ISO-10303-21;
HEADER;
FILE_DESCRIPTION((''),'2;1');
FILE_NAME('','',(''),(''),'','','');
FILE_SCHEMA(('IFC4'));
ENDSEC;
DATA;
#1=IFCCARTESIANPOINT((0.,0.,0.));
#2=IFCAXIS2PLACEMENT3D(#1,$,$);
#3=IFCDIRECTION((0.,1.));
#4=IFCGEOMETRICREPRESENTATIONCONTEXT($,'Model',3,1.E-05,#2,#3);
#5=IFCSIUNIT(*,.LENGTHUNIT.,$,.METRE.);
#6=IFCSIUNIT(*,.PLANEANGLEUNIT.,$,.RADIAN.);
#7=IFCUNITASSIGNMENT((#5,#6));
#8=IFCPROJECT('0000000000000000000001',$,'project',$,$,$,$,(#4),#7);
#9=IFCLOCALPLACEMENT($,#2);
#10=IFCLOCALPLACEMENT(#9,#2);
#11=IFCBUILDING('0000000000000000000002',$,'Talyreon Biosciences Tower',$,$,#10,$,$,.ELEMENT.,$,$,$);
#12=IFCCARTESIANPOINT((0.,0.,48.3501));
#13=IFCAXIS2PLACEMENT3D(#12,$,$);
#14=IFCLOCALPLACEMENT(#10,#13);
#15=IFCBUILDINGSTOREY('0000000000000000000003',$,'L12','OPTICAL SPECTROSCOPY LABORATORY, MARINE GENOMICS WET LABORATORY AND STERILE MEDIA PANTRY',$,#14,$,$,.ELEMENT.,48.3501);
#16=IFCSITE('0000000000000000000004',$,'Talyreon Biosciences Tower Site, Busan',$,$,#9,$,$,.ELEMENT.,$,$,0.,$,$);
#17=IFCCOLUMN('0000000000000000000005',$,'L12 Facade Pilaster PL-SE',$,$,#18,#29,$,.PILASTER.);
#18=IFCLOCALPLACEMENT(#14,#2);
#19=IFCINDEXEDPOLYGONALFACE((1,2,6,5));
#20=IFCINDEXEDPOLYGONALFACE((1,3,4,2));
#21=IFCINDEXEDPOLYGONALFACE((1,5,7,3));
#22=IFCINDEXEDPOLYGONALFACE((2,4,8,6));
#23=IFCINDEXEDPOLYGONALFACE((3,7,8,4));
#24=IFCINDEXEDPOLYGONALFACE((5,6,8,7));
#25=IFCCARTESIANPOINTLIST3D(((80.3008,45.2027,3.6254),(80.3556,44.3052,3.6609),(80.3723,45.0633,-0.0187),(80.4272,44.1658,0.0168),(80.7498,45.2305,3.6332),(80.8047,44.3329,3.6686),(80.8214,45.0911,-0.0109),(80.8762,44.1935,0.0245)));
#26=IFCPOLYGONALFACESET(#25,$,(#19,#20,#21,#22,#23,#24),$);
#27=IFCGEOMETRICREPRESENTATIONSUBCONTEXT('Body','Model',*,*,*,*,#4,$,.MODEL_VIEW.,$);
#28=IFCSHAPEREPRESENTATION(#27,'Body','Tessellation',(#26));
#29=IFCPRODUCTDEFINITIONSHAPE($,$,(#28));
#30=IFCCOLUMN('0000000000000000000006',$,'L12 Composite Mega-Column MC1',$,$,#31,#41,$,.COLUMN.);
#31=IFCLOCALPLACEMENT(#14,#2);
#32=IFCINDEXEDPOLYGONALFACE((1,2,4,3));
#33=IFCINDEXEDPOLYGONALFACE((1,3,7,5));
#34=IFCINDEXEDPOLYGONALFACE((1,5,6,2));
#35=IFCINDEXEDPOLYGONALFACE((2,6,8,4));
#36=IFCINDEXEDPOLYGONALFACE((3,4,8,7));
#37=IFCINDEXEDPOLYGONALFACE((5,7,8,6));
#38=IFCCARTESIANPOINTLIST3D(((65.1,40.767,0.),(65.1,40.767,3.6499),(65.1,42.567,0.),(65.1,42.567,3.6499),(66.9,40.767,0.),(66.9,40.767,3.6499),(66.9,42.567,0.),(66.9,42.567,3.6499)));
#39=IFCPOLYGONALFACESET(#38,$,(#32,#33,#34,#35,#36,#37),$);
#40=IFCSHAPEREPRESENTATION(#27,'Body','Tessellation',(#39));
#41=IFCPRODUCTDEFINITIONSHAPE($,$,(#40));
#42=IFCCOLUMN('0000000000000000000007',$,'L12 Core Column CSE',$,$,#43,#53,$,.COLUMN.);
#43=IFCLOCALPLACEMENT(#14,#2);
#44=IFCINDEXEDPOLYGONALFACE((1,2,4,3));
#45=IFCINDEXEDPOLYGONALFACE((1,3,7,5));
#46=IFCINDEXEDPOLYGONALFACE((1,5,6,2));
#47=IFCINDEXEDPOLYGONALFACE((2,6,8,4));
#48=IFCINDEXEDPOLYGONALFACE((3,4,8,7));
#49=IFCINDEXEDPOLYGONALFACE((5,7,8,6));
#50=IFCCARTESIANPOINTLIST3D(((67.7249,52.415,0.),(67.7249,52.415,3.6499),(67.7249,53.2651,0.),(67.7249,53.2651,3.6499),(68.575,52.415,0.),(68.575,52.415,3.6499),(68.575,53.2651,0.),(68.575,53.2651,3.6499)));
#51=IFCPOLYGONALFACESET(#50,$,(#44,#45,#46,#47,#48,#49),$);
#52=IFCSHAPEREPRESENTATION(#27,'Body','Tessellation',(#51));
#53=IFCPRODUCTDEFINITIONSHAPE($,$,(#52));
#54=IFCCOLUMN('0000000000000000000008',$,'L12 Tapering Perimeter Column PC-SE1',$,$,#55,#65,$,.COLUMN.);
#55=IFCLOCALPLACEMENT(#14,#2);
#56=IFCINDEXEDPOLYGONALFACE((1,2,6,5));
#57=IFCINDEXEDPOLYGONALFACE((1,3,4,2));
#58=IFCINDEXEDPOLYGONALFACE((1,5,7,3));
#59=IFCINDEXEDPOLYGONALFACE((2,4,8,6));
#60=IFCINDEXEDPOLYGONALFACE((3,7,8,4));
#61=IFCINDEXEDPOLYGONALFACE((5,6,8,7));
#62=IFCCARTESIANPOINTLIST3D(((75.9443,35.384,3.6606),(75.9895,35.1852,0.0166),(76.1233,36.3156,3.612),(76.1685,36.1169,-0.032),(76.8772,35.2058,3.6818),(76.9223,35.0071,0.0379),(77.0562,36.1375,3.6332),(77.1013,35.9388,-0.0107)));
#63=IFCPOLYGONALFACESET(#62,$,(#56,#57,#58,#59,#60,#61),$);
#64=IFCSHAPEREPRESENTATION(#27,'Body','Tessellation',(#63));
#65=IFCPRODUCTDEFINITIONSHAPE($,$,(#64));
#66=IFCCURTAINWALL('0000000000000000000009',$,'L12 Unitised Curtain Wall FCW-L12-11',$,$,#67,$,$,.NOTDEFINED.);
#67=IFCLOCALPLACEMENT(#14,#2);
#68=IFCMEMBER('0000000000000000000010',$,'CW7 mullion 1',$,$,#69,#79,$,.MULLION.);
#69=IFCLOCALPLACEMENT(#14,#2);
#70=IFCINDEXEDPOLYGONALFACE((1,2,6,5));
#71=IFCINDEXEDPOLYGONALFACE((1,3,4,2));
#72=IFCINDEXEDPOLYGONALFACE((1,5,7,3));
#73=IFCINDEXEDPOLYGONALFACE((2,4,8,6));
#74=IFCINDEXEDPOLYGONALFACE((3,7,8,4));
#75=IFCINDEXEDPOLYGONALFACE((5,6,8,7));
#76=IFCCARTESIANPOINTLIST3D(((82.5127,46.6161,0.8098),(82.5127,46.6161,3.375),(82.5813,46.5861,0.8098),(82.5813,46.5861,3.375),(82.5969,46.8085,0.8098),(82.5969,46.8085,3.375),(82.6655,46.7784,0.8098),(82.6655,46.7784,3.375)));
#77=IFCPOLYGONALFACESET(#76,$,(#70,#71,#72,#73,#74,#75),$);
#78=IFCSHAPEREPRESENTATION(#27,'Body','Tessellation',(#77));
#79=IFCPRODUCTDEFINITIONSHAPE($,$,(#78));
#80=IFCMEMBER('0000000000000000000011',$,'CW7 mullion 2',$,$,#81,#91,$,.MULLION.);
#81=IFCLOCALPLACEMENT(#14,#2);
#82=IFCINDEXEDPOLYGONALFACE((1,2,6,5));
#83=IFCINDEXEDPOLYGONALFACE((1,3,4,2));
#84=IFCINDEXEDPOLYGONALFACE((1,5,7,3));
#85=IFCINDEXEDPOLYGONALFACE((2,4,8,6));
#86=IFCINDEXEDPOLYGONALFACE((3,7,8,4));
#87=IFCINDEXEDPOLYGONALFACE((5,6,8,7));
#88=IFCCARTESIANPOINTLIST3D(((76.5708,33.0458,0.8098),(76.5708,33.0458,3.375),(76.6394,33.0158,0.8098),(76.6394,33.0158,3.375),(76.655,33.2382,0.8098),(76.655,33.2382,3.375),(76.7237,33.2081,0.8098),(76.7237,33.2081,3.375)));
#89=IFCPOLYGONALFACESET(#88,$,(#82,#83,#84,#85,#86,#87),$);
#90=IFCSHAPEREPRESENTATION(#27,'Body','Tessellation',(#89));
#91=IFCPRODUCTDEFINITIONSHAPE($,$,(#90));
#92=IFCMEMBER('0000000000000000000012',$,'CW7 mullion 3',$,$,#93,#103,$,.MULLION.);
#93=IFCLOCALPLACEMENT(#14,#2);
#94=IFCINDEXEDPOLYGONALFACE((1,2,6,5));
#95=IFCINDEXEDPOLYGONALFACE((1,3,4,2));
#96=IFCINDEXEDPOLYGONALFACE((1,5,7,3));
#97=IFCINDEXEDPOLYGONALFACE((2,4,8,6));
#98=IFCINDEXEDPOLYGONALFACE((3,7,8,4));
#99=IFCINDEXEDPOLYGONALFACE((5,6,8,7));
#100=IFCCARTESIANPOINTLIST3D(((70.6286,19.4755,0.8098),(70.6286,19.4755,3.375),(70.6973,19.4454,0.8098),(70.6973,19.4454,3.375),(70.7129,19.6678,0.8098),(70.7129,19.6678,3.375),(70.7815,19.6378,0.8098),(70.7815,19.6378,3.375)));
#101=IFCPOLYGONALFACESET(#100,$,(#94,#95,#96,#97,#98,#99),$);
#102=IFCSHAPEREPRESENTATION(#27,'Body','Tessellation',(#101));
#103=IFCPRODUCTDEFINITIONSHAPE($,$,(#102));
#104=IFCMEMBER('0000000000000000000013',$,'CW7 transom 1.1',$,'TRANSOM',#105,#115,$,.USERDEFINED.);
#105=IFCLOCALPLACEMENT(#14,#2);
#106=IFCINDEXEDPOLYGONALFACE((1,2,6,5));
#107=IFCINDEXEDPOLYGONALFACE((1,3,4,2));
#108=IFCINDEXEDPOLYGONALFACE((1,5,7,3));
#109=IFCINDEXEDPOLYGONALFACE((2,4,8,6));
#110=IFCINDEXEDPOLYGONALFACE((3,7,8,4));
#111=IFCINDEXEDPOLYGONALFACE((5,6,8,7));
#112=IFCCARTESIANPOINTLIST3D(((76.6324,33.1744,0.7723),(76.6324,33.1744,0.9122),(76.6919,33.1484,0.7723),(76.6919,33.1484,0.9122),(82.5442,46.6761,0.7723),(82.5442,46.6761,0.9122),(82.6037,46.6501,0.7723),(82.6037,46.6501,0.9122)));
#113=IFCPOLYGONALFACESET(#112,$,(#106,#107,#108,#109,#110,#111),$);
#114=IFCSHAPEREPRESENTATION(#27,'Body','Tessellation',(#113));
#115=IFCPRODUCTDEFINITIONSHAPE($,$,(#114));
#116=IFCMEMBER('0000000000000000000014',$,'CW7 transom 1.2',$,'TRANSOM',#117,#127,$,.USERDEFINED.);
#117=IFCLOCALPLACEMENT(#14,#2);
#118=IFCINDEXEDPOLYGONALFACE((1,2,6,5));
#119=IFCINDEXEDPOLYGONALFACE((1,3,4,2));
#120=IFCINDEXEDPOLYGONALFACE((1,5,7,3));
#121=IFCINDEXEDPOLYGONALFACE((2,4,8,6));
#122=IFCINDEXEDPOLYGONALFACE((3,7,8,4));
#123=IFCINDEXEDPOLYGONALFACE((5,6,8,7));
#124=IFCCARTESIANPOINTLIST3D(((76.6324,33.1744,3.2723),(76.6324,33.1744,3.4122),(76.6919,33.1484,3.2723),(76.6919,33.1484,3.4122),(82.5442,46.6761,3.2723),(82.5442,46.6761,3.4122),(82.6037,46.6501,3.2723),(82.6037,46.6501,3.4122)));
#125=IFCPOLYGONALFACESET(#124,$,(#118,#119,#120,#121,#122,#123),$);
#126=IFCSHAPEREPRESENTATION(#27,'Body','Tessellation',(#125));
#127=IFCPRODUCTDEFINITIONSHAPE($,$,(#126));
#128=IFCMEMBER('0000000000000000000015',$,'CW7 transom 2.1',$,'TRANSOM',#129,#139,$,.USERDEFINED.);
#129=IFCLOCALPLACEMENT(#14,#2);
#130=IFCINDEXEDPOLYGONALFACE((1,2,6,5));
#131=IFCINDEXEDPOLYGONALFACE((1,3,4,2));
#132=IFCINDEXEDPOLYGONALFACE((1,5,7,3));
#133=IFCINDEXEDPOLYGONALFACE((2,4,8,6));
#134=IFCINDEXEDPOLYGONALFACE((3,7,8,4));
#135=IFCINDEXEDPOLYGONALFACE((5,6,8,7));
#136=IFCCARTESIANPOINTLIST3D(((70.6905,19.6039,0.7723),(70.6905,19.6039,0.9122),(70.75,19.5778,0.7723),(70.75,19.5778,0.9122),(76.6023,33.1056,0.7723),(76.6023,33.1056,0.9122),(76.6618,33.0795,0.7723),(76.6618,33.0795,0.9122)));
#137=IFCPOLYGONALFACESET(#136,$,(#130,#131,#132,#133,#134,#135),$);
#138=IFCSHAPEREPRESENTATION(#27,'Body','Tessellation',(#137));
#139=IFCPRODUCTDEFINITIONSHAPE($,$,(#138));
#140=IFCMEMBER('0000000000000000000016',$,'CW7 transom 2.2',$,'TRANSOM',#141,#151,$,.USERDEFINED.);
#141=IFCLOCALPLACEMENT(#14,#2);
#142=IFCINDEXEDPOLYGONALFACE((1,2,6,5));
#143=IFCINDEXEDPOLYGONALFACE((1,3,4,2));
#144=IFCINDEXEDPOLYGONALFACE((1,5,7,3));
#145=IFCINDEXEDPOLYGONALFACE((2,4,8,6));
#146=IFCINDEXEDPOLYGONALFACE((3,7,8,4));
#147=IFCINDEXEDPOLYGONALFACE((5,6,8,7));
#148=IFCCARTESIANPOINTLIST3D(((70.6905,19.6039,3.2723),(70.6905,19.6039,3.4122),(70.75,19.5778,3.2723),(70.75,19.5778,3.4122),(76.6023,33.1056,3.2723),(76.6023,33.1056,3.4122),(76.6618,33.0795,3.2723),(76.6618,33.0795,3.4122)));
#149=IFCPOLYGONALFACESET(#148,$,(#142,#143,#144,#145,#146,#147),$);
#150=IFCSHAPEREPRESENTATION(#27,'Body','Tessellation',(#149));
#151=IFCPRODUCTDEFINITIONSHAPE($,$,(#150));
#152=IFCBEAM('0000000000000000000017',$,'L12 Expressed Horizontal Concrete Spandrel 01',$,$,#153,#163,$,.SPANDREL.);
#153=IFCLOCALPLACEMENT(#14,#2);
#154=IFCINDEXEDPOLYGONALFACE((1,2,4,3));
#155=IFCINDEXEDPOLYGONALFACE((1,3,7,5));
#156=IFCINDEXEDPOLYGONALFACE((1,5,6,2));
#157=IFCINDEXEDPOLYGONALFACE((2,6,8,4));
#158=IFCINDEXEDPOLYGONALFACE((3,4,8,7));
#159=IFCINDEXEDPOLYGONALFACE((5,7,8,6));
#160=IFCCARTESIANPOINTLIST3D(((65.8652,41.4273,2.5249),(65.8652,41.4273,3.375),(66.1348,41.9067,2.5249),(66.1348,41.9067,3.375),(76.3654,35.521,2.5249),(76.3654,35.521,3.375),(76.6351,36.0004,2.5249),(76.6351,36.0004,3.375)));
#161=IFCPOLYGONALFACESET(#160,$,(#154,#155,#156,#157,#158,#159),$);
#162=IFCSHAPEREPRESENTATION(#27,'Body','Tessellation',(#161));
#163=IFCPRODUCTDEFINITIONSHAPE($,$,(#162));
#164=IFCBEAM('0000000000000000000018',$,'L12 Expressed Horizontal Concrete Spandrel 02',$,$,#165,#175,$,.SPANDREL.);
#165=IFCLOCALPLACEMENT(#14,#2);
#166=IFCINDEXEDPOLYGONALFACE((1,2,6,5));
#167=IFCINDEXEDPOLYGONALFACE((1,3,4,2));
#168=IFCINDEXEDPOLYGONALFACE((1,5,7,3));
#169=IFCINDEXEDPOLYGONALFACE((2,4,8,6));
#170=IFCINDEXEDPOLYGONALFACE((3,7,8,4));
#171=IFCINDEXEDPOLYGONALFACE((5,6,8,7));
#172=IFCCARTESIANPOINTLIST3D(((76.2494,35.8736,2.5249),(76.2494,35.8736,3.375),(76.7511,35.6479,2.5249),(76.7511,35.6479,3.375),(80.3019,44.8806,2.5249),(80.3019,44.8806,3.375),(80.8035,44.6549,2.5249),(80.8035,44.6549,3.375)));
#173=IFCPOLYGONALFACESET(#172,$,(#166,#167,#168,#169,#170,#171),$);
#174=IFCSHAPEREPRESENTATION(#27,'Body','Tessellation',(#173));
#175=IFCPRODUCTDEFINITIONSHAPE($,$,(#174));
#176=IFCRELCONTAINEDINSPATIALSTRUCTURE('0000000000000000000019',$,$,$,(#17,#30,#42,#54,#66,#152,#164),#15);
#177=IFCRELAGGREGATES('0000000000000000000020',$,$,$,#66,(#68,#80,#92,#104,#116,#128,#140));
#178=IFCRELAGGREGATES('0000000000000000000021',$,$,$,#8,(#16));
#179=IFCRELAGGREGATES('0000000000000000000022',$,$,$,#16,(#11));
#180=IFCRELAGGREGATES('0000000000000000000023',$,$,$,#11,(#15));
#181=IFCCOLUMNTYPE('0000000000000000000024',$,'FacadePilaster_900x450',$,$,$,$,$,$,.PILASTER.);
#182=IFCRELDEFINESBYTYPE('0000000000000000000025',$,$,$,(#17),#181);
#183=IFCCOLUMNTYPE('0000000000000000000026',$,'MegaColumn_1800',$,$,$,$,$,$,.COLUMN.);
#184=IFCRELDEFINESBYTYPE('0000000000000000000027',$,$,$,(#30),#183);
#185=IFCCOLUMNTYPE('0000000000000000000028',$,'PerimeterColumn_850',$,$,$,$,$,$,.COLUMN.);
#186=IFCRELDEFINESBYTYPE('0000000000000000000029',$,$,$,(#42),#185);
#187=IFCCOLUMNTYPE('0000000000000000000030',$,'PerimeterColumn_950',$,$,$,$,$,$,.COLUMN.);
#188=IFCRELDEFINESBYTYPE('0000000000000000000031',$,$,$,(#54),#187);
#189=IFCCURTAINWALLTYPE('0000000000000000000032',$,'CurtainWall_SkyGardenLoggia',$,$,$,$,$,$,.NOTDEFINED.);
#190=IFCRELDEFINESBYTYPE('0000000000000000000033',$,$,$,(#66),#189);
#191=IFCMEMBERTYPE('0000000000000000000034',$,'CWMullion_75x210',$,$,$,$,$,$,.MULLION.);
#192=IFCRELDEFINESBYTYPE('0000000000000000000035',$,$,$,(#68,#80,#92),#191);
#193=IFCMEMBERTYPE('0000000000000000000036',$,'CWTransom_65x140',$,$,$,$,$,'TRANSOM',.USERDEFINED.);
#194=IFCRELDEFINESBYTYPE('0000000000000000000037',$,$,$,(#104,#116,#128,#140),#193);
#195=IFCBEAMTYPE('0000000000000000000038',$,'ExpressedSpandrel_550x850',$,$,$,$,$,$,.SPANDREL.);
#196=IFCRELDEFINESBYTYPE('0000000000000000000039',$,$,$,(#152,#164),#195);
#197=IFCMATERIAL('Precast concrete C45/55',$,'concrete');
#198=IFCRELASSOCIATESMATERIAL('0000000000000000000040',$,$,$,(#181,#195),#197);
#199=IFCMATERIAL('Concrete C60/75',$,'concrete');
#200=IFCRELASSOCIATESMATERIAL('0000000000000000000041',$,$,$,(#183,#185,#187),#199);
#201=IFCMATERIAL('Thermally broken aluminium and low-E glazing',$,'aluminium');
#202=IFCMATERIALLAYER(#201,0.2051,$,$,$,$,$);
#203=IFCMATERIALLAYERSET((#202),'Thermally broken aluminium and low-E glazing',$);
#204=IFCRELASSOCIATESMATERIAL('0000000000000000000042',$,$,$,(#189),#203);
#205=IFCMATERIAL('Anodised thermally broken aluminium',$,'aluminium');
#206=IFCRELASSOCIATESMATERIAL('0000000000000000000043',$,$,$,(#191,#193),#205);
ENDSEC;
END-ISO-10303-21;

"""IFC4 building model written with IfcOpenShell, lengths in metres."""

from ifc_helpers import new_model, si_unit, direction, frame, origin, origin_2d, place, context, subcontext, project, spatial, rectangle, extrude, material, layer, layer_set, material_profile, profile_set, type_object, element, aggregate, save


model = new_model("IFC4")

# Units and contexts
model_context = context("Model", 3, precision=1e-05, world=origin(), true_north=direction((0.0, 1.0)))
body_context = subcontext(model_context, "Body", "Model", "MODEL_VIEW")
ifc_project = project(units=[si_unit("LENGTHUNIT", "METRE"), si_unit("PLANEANGLEUNIT", "RADIAN")], contexts=[model_context])

# Site, building, storey
site_placement = place(None, origin())
site = spatial("IfcSite", under=ifc_project, at=site_placement, Name="Talyreon Biosciences Tower Site, Busan", CompositionType="ELEMENT", RefElevation=0.0)
building_placement = place(site_placement, origin())
building = spatial("IfcBuilding", under=site, at=building_placement, Name="Talyreon Biosciences Tower", CompositionType="ELEMENT")
storey_placement = place(building_placement, frame((0.0, 0.0, 48.3501)))
storey = spatial("IfcBuildingStorey", under=building, at=storey_placement, Name="L12", Description="OPTICAL SPECTROSCOPY LABORATORY, MARINE GENOMICS WET LABORATORY AND STERILE MEDIA PANTRY", CompositionType="ELEMENT", Elevation=48.3501)

# Columns
ifc_material_1 = material(Name="Precast concrete C45/55", Category="concrete")
ifc_material_profile_1 = material_profile(ifc_material_1, rectangle(XDim=0.8999, YDim=0.45, at=origin_2d()), Name="RC 900x450")
ifc_profile_set_1 = profile_set([ifc_material_profile_1], Name="Precast concrete C45/55")
column_type_1 = type_object("IfcColumnType", Name="FacadePilaster_900x450", PredefinedType="PILASTER", material=ifc_profile_set_1)
column_1_placement = place(storey_placement, frame((80.6243, 44.6284, 0.0029), z_axis=(-0.019612, 0.03822, 0.999077), x_axis=(0.060958, -0.997364, 0.039351)))
element("IfcColumn", 1, at=column_1_placement, inside=storey, type_object=column_type_1, Name="L12 Facade Pilaster PL-SE", PredefinedType="PILASTER", context=body_context, shape_type="SweptSolid", body=[
    extrude(rectangle(XDim=0.8999, YDim=0.45, at=origin_2d()), origin(), (0.0, 0.0, 1.0), 3.6475),
])
ifc_material_2 = material(Name="Concrete C60/75", Category="concrete")
ifc_material_profile_2 = material_profile(ifc_material_2, rectangle(XDim=1.8, YDim=1.8, at=origin_2d()), Name="RC 1800x1800")
ifc_profile_set_2 = profile_set([ifc_material_profile_2], Name="Concrete C60/75")
column_type_2 = type_object("IfcColumnType", Name="MegaColumn_1800", PredefinedType="COLUMN", material=ifc_profile_set_2)
column_2_placement = place(storey_placement, frame((66.0, 41.667, 0.0), z_axis=(0.0, 0.0, 1.0), x_axis=(1.0, 0.0, 0.0)))
element("IfcColumn", 2, at=column_2_placement, inside=storey, type_object=column_type_2, Name="L12 Composite Mega-Column MC1", PredefinedType="COLUMN", context=body_context, shape_type="SweptSolid", body=[
    extrude(rectangle(XDim=1.8, YDim=1.8, at=origin_2d()), origin(), (0.0, 0.0, 1.0), 3.6499),
])
ifc_material_profile_3 = material_profile(ifc_material_2, rectangle(XDim=0.8501, YDim=0.8501, at=origin_2d()), Name="RC 850x850")
ifc_profile_set_3 = profile_set([ifc_material_profile_3], Name="Concrete C60/75")
column_type_3 = type_object("IfcColumnType", Name="PerimeterColumn_850", PredefinedType="COLUMN", material=ifc_profile_set_3)
column_3_placement = place(storey_placement, frame((68.1499, 52.8401, 0.0), z_axis=(0.0, 0.0, 1.0), x_axis=(1.0, 0.0, 0.0)))
element("IfcColumn", 3, at=column_3_placement, inside=storey, type_object=column_type_3, Name="L12 Core Column CSE", PredefinedType="COLUMN", context=body_context, shape_type="SweptSolid", body=[
    extrude(rectangle(XDim=0.8501, YDim=0.8501, at=origin_2d()), origin(), (0.0, 0.0, 1.0), 3.6499),
])
ifc_material_profile_4 = material_profile(ifc_material_2, rectangle(XDim=0.95, YDim=0.95, at=origin_2d()), Name="RC 950x950")
ifc_profile_set_4 = profile_set([ifc_material_profile_4], Name="Concrete C60/75")
column_type_4 = type_object("IfcColumnType", Name="PerimeterColumn_950", PredefinedType="COLUMN", material=ifc_profile_set_4)
column_4_placement = place(storey_placement, frame((76.5454, 35.562, 0.0029), z_axis=(-0.012375, 0.054451, 0.99844), x_axis=(-0.188431, -0.980754, 0.051151)))
element("IfcColumn", 4, at=column_4_placement, inside=storey, type_object=column_type_4, Name="L12 Tapering Perimeter Column PC-SE1", PredefinedType="COLUMN", context=body_context, shape_type="SweptSolid", body=[
    extrude(rectangle(XDim=0.95, YDim=0.95, at=origin_2d()), origin(), (0.0, 0.0, 1.0), 3.6497),
])

# Curtain wall, members
ifc_material_3 = material(Name="Thermally broken aluminium and low-E glazing", Category="aluminium")
ifc_layer_1 = layer(ifc_material_3, 0.2051)
ifc_layer_set_1 = layer_set([ifc_layer_1], Name="Thermally broken aluminium and low-E glazing")
curtain_wall_type = type_object("IfcCurtainWallType", Name="CurtainWall_SkyGardenLoggia", PredefinedType="NOTDEFINED", material=ifc_layer_set_1)
curtain_wall_placement = place(storey_placement, origin())
curtain_wall = element("IfcCurtainWall", 5, at=curtain_wall_placement, inside=storey, type_object=curtain_wall_type, Name="L12 Unitised Curtain Wall FCW-L12-11", PredefinedType="NOTDEFINED")
ifc_material_4 = material(Name="Anodised thermally broken aluminium", Category="aluminium")
ifc_material_profile_5 = material_profile(ifc_material_4, rectangle(XDim=0.075, YDim=0.21, at=origin_2d()), Name="ALUM MULLION 75x210")
ifc_profile_set_5 = profile_set([ifc_material_profile_5], Name="Anodised thermally broken aluminium")
member_type_1 = type_object("IfcMemberType", Name="CWMullion_75x210", PredefinedType="MULLION", material=ifc_profile_set_5)
member_1_placement = place(storey_placement, frame((82.5891, 46.6973, 0.8098), z_axis=(0.0, 0.0, 1.0), x_axis=(0.916036, -0.401097, 0.0)))
member_1 = element("IfcMember", 6, at=member_1_placement, type_object=member_type_1, Name="CW7 mullion 1", PredefinedType="MULLION", context=body_context, shape_type="SweptSolid", body=[
    extrude(rectangle(XDim=0.075, YDim=0.21, at=origin_2d()), origin(), (0.0, 0.0, 1.0), 2.5652),
])
member_2_placement = place(storey_placement, frame((76.6472, 33.127, 0.8098), z_axis=(0.0, 0.0, 1.0), x_axis=(0.916036, -0.401097, 0.0)))
member_2 = element("IfcMember", 7, at=member_2_placement, type_object=member_type_1, Name="CW7 mullion 2", PredefinedType="MULLION", context=body_context, shape_type="SweptSolid", body=[
    extrude(rectangle(XDim=0.075, YDim=0.21, at=origin_2d()), origin(), (0.0, 0.0, 1.0), 2.5652),
])
member_3_placement = place(storey_placement, frame((70.7051, 19.5566, 0.8098), z_axis=(0.0, 0.0, 1.0), x_axis=(0.916036, -0.401097, 0.0)))
member_3 = element("IfcMember", 8, at=member_3_placement, type_object=member_type_1, Name="CW7 mullion 3", PredefinedType="MULLION", context=body_context, shape_type="SweptSolid", body=[
    extrude(rectangle(XDim=0.075, YDim=0.21, at=origin_2d()), origin(), (0.0, 0.0, 1.0), 2.5652),
])
ifc_material_profile_6 = material_profile(ifc_material_4, rectangle(XDim=0.0649, YDim=0.1399, at=origin_2d()), Name="ALUM TRANSOM 65x140")
ifc_profile_set_6 = profile_set([ifc_material_profile_6], Name="Anodised thermally broken aluminium")
member_type_2 = type_object("IfcMemberType", Name="CWTransom_65x140", ElementType="TRANSOM", PredefinedType="USERDEFINED", material=ifc_profile_set_6)
member_4_placement = place(storey_placement, frame((82.574, 46.6631, 0.8423), z_axis=(-0.401096, -0.916036, 0.0), x_axis=(0.916036, -0.401096, 0.0)))
member_4 = element("IfcMember", 9, at=member_4_placement, type_object=member_type_2, Name="CW7 transom 1.1", ObjectType="TRANSOM", PredefinedType="USERDEFINED", context=body_context, shape_type="SweptSolid", body=[
    extrude(rectangle(XDim=0.0649, YDim=0.1399, at=origin_2d()), origin(), (0.0, 0.0, 1.0), 14.7393),
])
member_5_placement = place(storey_placement, frame((82.574, 46.6631, 3.3423), z_axis=(-0.401096, -0.916036, 0.0), x_axis=(0.916036, -0.401096, 0.0)))
member_5 = element("IfcMember", 10, at=member_5_placement, type_object=member_type_2, Name="CW7 transom 1.2", ObjectType="TRANSOM", PredefinedType="USERDEFINED", context=body_context, shape_type="SweptSolid", body=[
    extrude(rectangle(XDim=0.0649, YDim=0.1399, at=origin_2d()), origin(), (0.0, 0.0, 1.0), 14.7393),
])
member_6_placement = place(storey_placement, frame((76.6321, 33.0925, 0.8423), z_axis=(-0.401096, -0.916036, 0.0), x_axis=(0.916036, -0.401096, 0.0)))
member_6 = element("IfcMember", 11, at=member_6_placement, type_object=member_type_2, Name="CW7 transom 2.1", ObjectType="TRANSOM", PredefinedType="USERDEFINED", context=body_context, shape_type="SweptSolid", body=[
    extrude(rectangle(XDim=0.0649, YDim=0.1399, at=origin_2d()), origin(), (0.0, 0.0, 1.0), 14.7393),
])
member_7_placement = place(storey_placement, frame((76.6321, 33.0925, 3.3423), z_axis=(-0.401096, -0.916036, 0.0), x_axis=(0.916036, -0.401096, 0.0)))
member_7 = element("IfcMember", 12, at=member_7_placement, type_object=member_type_2, Name="CW7 transom 2.2", ObjectType="TRANSOM", PredefinedType="USERDEFINED", context=body_context, shape_type="SweptSolid", body=[
    extrude(rectangle(XDim=0.0649, YDim=0.1399, at=origin_2d()), origin(), (0.0, 0.0, 1.0), 14.7393),
])

# Beams
ifc_material_profile_7 = material_profile(ifc_material_1, rectangle(XDim=0.55, YDim=0.8501, at=origin_2d()), Name="RCB 550x850")
ifc_profile_set_7 = profile_set([ifc_material_profile_7], Name="Precast concrete C45/55")
beam_type_1 = type_object("IfcBeamType", Name="ExpressedSpandrel_550x850", PredefinedType="SPANDREL", material=ifc_profile_set_7)
beam_1_placement = place(storey_placement, frame((66.0, 41.667, 2.95), z_axis=(0.87158, -0.490253, 0.0), x_axis=(0.490253, 0.87158, 0.0)))
element("IfcBeam", 13, at=beam_1_placement, inside=storey, type_object=beam_type_1, Name="L12 Expressed Horizontal Concrete Spandrel 01", PredefinedType="SPANDREL", context=body_context, shape_type="SweptSolid", body=[
    extrude(rectangle(XDim=0.55, YDim=0.8501, at=origin_2d()), origin(), (0.0, 0.0, 1.0), 12.0474),
])
beam_2_placement = place(storey_placement, frame((76.5002, 35.7607, 2.95), z_axis=(0.410306, 0.911948, 0.0), x_axis=(-0.911948, 0.410306, 0.0)))
element("IfcBeam", 14, at=beam_2_placement, inside=storey, type_object=beam_type_1, Name="L12 Expressed Horizontal Concrete Spandrel 02", PredefinedType="SPANDREL", context=body_context, shape_type="SweptSolid", body=[
    extrude(rectangle(XDim=0.55, YDim=0.8501, at=origin_2d()), origin(), (0.0, 0.0, 1.0), 9.8767),
])

aggregate(curtain_wall, [member_1, member_2, member_3, member_4, member_5, member_6, member_7])

save(model, "model.ifc")
